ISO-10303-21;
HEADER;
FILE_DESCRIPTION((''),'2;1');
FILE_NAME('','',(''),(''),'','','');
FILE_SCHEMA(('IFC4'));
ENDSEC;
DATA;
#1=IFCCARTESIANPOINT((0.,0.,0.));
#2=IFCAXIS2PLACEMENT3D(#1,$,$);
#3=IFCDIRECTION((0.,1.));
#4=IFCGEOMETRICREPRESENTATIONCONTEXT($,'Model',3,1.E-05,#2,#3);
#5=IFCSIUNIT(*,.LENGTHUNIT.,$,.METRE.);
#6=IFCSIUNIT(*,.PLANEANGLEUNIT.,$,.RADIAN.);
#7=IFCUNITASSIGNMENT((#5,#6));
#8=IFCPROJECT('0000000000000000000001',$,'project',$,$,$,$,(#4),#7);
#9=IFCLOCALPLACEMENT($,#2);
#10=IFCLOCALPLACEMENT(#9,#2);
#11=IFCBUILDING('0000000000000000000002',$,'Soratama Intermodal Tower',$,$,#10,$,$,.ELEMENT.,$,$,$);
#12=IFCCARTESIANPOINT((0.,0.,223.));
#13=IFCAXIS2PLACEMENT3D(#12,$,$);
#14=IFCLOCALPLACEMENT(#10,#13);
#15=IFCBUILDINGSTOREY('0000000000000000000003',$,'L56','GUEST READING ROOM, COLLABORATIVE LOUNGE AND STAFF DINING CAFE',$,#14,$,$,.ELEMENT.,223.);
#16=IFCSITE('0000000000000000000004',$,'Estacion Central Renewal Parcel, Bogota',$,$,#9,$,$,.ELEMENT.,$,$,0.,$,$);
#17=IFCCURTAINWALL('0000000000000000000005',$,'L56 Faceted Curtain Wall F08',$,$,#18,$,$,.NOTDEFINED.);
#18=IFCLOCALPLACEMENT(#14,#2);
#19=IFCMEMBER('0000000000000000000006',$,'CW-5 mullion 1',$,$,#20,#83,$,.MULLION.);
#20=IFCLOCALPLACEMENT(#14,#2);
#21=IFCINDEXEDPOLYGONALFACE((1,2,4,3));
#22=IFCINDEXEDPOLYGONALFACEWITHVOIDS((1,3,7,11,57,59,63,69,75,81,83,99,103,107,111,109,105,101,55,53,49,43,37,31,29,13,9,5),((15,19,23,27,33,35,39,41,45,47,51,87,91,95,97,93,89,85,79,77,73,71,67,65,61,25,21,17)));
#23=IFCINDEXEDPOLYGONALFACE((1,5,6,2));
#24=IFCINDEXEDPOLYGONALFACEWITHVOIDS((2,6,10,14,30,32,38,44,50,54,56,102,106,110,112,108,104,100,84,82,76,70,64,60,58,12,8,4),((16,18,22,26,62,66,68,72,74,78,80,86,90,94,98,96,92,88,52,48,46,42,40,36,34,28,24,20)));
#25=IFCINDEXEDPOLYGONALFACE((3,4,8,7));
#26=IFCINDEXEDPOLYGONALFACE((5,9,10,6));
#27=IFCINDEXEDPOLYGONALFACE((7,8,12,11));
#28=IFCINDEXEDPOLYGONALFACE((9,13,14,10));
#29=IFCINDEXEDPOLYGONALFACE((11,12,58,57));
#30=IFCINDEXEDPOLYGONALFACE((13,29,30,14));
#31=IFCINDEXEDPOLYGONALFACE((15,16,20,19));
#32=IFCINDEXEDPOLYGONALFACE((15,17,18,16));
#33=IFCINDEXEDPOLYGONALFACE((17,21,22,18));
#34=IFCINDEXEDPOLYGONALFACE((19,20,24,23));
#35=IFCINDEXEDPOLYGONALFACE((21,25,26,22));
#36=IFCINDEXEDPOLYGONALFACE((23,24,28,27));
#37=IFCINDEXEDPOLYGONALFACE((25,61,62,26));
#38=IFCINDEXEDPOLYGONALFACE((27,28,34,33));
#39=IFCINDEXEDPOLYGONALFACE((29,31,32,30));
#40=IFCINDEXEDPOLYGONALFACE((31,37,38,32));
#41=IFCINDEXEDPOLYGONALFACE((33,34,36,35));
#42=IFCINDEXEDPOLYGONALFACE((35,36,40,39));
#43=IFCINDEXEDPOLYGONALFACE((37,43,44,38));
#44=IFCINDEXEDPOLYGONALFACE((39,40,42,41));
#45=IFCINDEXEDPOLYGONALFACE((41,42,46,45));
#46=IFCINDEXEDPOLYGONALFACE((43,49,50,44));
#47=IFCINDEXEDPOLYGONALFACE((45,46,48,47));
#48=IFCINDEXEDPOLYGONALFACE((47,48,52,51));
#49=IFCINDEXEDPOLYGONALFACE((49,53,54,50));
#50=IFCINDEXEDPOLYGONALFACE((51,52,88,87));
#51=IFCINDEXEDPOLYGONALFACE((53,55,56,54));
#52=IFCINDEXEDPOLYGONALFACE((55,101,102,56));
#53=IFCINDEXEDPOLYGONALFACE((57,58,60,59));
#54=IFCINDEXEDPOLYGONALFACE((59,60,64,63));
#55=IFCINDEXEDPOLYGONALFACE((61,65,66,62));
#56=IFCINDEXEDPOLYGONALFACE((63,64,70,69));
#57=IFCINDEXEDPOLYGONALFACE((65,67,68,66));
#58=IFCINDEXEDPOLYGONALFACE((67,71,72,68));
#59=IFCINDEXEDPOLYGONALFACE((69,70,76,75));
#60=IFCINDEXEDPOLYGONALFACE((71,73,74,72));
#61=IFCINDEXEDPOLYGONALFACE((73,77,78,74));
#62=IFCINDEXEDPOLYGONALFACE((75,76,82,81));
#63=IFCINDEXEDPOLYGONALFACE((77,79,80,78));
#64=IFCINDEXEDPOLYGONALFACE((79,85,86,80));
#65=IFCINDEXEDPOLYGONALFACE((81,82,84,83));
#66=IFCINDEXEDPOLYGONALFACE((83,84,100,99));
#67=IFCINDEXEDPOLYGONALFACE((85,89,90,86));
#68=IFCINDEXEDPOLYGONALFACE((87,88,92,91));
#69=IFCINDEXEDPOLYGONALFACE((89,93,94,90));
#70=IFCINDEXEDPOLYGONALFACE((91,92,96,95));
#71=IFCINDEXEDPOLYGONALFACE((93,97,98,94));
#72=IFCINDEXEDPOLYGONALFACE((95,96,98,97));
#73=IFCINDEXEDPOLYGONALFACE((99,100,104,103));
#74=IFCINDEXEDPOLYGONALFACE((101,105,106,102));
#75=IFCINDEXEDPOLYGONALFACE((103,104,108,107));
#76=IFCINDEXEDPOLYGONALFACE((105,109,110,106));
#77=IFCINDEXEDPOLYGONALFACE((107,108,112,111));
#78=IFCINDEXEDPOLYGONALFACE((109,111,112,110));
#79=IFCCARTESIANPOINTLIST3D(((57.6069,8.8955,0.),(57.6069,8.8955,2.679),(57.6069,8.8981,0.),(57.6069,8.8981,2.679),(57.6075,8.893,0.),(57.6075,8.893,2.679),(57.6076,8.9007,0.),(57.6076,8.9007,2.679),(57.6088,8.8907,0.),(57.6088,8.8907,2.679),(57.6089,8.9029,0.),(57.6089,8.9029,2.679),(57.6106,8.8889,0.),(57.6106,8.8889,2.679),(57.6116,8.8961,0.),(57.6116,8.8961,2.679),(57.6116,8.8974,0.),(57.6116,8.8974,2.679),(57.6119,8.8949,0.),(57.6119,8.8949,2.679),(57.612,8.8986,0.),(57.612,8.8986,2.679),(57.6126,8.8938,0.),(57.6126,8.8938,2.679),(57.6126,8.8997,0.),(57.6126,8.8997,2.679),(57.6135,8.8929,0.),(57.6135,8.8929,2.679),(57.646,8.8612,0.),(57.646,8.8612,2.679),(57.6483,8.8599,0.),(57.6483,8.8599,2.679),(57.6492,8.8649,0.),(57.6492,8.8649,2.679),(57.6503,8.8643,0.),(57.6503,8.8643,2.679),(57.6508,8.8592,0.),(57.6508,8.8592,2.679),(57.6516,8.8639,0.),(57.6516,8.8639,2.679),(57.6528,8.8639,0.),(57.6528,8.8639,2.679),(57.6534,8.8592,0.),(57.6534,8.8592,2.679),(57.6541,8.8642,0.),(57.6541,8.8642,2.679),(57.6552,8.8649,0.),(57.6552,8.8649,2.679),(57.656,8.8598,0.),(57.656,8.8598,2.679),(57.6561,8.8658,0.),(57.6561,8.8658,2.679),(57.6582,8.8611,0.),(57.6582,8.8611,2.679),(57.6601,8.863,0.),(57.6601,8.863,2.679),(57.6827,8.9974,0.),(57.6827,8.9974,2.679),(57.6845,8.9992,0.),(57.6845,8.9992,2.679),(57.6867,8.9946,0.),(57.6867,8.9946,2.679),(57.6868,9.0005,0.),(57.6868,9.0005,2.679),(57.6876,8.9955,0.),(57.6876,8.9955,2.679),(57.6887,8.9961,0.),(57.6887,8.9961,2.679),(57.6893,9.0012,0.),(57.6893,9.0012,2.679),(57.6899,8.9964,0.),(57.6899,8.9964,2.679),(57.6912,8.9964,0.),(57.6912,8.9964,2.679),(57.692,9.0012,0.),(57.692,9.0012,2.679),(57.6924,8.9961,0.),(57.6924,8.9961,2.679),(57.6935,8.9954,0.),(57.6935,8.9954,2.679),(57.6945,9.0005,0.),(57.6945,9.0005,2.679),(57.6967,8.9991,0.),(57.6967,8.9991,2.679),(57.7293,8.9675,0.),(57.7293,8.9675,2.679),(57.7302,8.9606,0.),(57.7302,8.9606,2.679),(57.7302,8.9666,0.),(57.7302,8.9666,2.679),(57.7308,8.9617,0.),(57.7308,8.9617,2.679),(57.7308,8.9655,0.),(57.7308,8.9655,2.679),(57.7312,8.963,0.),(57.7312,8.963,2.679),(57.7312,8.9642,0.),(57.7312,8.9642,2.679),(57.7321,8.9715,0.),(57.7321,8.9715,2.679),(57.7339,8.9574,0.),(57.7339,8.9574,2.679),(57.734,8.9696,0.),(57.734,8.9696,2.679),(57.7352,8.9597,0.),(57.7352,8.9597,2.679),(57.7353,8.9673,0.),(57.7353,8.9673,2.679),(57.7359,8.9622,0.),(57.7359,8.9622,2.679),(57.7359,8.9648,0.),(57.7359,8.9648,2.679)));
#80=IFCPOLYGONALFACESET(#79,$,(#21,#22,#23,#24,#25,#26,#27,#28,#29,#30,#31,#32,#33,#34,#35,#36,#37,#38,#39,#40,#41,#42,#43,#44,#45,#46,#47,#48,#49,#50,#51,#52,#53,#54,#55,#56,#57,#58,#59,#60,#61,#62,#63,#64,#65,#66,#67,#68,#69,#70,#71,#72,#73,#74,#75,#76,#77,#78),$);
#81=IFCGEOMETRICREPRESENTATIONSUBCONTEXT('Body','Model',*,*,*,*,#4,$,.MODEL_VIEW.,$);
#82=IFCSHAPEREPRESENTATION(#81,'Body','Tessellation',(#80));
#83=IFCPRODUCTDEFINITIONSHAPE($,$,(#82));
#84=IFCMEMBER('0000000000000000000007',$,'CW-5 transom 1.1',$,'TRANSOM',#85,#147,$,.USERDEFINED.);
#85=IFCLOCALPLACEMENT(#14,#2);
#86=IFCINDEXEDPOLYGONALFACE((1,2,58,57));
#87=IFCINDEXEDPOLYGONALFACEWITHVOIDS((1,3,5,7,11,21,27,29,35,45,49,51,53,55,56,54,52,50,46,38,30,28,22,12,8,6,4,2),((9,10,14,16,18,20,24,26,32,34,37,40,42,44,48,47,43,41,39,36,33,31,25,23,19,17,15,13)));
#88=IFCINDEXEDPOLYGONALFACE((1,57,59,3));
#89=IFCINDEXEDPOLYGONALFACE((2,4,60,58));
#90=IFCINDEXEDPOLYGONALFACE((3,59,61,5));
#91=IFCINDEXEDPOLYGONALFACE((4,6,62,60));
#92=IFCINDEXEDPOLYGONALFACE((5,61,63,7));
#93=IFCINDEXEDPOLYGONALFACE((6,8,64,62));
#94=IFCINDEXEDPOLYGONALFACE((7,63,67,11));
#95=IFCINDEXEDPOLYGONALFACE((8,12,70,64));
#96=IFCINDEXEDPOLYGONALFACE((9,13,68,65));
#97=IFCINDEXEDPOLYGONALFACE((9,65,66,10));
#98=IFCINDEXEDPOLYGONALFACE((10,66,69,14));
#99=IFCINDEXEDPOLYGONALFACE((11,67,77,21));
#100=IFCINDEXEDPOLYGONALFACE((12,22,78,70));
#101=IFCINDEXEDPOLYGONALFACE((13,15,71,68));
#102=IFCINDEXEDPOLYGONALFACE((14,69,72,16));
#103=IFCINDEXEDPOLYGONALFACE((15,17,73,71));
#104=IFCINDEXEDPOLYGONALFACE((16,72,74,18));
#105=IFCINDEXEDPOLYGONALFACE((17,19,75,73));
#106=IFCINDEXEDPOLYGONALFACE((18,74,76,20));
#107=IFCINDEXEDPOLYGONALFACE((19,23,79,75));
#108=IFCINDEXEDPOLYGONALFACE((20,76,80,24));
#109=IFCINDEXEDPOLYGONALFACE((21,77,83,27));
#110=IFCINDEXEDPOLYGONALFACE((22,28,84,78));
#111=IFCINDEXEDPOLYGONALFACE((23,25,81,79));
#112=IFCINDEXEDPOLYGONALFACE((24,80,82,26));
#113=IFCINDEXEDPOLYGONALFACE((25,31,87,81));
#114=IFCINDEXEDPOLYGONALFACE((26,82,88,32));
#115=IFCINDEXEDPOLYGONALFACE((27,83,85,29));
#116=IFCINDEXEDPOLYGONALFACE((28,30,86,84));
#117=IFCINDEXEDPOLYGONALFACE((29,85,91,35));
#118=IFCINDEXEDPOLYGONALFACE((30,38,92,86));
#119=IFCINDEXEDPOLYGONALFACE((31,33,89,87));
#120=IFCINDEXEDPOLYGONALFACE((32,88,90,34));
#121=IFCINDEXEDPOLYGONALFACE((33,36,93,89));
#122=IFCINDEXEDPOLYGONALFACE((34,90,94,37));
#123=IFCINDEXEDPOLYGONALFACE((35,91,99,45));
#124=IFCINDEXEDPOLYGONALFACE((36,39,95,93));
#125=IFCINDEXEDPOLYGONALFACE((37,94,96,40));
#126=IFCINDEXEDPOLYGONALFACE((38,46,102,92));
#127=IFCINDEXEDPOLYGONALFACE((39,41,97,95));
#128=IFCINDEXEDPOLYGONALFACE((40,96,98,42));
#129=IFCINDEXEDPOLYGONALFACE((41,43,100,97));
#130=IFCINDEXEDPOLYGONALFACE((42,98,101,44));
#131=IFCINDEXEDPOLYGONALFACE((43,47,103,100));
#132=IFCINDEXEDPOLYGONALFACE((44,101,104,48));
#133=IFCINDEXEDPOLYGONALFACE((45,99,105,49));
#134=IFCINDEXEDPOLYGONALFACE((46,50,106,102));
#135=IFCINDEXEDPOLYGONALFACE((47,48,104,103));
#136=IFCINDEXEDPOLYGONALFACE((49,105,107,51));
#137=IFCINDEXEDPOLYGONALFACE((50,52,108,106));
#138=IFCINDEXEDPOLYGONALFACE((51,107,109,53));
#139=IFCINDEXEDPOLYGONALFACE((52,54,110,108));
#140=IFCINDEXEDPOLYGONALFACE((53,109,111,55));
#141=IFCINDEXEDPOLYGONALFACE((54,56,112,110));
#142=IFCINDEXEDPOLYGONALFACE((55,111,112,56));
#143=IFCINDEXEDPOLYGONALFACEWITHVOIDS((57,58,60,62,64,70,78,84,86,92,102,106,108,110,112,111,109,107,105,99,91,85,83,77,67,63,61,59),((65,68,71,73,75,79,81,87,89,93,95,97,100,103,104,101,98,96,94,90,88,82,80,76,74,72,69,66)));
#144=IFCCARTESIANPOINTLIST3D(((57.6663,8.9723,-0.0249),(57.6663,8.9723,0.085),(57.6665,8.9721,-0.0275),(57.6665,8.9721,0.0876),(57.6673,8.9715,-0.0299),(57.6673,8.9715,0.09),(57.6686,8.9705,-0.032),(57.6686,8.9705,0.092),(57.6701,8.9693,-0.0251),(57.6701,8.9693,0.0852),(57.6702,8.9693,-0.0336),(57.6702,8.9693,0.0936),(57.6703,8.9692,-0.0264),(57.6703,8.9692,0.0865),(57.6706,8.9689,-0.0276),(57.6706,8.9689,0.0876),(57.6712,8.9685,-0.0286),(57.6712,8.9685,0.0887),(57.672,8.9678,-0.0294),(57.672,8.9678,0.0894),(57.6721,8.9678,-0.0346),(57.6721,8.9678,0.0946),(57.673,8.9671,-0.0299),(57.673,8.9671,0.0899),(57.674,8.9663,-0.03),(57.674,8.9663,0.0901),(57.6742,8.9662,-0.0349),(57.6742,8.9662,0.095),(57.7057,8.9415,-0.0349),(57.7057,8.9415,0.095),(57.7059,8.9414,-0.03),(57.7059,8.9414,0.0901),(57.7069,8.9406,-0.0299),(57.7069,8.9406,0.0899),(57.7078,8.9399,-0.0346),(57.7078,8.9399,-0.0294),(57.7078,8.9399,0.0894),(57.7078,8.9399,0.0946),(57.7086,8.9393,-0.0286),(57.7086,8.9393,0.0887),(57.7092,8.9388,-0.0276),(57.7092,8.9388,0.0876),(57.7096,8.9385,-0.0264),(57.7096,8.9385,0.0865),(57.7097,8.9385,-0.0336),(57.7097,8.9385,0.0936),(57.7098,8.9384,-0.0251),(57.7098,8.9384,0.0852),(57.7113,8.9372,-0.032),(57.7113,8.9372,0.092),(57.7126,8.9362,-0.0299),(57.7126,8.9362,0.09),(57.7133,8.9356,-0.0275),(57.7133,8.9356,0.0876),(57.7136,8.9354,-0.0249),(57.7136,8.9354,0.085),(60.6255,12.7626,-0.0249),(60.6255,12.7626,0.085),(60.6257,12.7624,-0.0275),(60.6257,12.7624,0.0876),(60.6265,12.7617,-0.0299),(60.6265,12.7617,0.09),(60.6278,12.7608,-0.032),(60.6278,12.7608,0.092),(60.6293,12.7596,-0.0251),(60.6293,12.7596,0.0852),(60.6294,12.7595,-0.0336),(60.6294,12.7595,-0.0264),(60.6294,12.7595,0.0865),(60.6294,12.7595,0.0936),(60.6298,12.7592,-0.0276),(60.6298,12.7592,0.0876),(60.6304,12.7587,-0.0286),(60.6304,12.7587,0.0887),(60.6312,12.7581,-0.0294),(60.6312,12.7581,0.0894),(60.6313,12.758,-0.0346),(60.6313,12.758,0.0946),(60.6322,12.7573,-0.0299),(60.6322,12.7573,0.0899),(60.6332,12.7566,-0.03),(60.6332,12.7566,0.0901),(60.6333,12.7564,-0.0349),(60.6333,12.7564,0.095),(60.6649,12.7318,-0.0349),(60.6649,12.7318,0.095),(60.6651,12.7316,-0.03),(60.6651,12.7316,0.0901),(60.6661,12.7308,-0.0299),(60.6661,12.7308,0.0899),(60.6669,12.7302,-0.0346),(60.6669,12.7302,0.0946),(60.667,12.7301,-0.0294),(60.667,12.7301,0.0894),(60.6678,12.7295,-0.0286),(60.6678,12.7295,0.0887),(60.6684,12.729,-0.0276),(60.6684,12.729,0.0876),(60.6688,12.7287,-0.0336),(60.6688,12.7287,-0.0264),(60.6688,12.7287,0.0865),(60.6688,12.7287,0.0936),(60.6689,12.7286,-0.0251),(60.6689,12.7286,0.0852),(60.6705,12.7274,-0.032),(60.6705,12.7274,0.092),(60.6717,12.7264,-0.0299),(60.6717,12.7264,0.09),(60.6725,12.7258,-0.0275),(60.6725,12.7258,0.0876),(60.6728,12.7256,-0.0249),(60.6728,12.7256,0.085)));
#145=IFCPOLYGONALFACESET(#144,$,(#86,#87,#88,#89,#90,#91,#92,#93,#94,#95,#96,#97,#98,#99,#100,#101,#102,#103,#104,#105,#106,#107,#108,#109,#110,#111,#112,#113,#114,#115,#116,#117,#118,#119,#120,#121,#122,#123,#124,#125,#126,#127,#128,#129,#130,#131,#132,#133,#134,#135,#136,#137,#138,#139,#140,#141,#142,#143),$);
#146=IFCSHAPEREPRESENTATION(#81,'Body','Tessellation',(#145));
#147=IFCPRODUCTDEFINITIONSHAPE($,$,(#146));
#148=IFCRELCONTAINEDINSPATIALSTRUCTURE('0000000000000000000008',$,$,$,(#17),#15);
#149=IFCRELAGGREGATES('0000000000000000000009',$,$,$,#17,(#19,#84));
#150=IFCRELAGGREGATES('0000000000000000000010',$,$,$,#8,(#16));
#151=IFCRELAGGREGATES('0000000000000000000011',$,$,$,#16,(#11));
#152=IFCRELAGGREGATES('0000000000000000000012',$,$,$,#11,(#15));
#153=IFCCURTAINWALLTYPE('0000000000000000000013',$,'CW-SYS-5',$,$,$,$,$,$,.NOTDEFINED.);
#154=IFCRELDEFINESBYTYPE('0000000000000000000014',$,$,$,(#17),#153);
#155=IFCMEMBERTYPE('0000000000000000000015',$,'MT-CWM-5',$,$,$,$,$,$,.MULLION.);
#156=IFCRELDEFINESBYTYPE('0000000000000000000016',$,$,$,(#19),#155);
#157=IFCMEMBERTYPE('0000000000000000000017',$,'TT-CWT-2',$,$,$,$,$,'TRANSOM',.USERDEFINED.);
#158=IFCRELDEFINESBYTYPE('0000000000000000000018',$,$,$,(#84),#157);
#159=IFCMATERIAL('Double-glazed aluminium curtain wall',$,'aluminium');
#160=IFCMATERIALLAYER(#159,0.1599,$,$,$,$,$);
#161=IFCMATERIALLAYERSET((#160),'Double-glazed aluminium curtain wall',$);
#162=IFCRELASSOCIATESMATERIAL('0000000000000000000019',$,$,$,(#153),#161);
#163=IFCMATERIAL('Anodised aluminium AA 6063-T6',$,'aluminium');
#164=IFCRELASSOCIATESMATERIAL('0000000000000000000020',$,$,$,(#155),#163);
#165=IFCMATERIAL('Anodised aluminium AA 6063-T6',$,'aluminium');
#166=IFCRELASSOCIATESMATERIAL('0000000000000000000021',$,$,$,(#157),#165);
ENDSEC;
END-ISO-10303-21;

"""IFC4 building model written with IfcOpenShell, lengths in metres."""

from ifc_helpers import new_model, si_unit, direction, frame, origin, origin_2d, place, context, subcontext, project, spatial, hollow_rectangle, extrude, material, layer, layer_set, material_profile, profile_set, type_object, element, aggregate, save


model = new_model("IFC4")

# Units and contexts
model_context = context("Model", 3, precision=1e-05, world=origin(), true_north=direction((0.0, 1.0)))
body_context = subcontext(model_context, "Body", "Model", "MODEL_VIEW")
ifc_project = project(units=[si_unit("LENGTHUNIT", "METRE"), si_unit("PLANEANGLEUNIT", "RADIAN")], contexts=[model_context])

# Site, building, storey
site_placement = place(None, origin())
site = spatial("IfcSite", under=ifc_project, at=site_placement, Name="Estacion Central Renewal Parcel, Bogota", CompositionType="ELEMENT", RefElevation=0.0)
building_placement = place(site_placement, origin())
building = spatial("IfcBuilding", under=site, at=building_placement, Name="Soratama Intermodal Tower", CompositionType="ELEMENT")
storey_placement = place(building_placement, frame((0.0, 0.0, 223.0)))
storey = spatial("IfcBuildingStorey", under=building, at=storey_placement, Name="L56", Description="GUEST READING ROOM, COLLABORATIVE LOUNGE AND STAFF DINING CAFE", CompositionType="ELEMENT", Elevation=223.0)

# Curtain wall, members
ifc_material_1 = material(Name="Double-glazed aluminium curtain wall", Category="aluminium")
ifc_layer_1 = layer(ifc_material_1, 0.1599)
ifc_layer_set_1 = layer_set([ifc_layer_1], Name="Double-glazed aluminium curtain wall")
curtain_wall_type = type_object("IfcCurtainWallType", Name="CW-SYS-5", PredefinedType="NOTDEFINED", material=ifc_layer_set_1)
curtain_wall_placement = place(storey_placement, origin())
curtain_wall = element("IfcCurtainWall", 1, at=curtain_wall_placement, inside=storey, type_object=curtain_wall_type, Name="L56 Faceted Curtain Wall F08", PredefinedType="NOTDEFINED")
ifc_material_2 = material(Name="Anodised aluminium AA 6063-T6", Category="aluminium")
ifc_material_profile_1 = material_profile(ifc_material_2, hollow_rectangle(XDim=0.0649, YDim=0.1399, WallThickness=0.0049, InnerFilletRadius=0.0049, OuterFilletRadius=0.01, at=origin_2d()), Name="CWM140X65X5")
ifc_profile_set_1 = profile_set([ifc_material_profile_1], Name="Anodised aluminium AA 6063-T6")
member_type_1 = type_object("IfcMemberType", Name="MT-CWM-5", PredefinedType="MULLION", material=ifc_profile_set_1)
member_1_placement = place(storey_placement, frame((57.6714, 8.9302, 0.0), z_axis=(0.0, 0.0, 1.0), x_axis=(-0.788224, 0.615388, 0.0)))
member_1 = element("IfcMember", 2, at=member_1_placement, type_object=member_type_1, Name="CW-5 mullion 1", PredefinedType="MULLION", context=body_context, shape_type="SweptSolid", body=[
    extrude(hollow_rectangle(XDim=0.0649, YDim=0.1399, WallThickness=0.0049, InnerFilletRadius=0.0049, OuterFilletRadius=0.01, at=origin_2d()), origin(), (0.0, 0.0, 1.0), 2.679),
])
ifc_material_3 = material(Name="Anodised aluminium AA 6063-T6", Category="aluminium")
ifc_material_profile_2 = material_profile(ifc_material_3, hollow_rectangle(XDim=0.0601, YDim=0.1299, WallThickness=0.0049, InnerFilletRadius=0.0049, OuterFilletRadius=0.01, at=origin_2d()), Name="CWT130X60X5")
ifc_profile_set_2 = profile_set([ifc_material_profile_2], Name="Anodised aluminium AA 6063-T6")
member_type_2 = type_object("IfcMemberType", Name="TT-CWT-2", ElementType="TRANSOM", PredefinedType="USERDEFINED", material=ifc_profile_set_2)
member_2_placement = place(storey_placement, frame((57.6899, 8.9539, 0.03), z_axis=(0.615395, 0.788219, 0.0), x_axis=(-0.788219, 0.615395, 0.0)))
member_2 = element("IfcMember", 3, at=member_2_placement, type_object=member_type_2, Name="CW-5 transom 1.1", ObjectType="TRANSOM", PredefinedType="USERDEFINED", context=body_context, shape_type="SweptSolid", body=[
    extrude(hollow_rectangle(XDim=0.0601, YDim=0.1299, WallThickness=0.0049, InnerFilletRadius=0.0049, OuterFilletRadius=0.01, at=origin_2d()), origin(), (0.0, 0.0, 1.0), 4.8086),
])
aggregate(curtain_wall, [member_1, member_2])

save(model, "model.ifc")
